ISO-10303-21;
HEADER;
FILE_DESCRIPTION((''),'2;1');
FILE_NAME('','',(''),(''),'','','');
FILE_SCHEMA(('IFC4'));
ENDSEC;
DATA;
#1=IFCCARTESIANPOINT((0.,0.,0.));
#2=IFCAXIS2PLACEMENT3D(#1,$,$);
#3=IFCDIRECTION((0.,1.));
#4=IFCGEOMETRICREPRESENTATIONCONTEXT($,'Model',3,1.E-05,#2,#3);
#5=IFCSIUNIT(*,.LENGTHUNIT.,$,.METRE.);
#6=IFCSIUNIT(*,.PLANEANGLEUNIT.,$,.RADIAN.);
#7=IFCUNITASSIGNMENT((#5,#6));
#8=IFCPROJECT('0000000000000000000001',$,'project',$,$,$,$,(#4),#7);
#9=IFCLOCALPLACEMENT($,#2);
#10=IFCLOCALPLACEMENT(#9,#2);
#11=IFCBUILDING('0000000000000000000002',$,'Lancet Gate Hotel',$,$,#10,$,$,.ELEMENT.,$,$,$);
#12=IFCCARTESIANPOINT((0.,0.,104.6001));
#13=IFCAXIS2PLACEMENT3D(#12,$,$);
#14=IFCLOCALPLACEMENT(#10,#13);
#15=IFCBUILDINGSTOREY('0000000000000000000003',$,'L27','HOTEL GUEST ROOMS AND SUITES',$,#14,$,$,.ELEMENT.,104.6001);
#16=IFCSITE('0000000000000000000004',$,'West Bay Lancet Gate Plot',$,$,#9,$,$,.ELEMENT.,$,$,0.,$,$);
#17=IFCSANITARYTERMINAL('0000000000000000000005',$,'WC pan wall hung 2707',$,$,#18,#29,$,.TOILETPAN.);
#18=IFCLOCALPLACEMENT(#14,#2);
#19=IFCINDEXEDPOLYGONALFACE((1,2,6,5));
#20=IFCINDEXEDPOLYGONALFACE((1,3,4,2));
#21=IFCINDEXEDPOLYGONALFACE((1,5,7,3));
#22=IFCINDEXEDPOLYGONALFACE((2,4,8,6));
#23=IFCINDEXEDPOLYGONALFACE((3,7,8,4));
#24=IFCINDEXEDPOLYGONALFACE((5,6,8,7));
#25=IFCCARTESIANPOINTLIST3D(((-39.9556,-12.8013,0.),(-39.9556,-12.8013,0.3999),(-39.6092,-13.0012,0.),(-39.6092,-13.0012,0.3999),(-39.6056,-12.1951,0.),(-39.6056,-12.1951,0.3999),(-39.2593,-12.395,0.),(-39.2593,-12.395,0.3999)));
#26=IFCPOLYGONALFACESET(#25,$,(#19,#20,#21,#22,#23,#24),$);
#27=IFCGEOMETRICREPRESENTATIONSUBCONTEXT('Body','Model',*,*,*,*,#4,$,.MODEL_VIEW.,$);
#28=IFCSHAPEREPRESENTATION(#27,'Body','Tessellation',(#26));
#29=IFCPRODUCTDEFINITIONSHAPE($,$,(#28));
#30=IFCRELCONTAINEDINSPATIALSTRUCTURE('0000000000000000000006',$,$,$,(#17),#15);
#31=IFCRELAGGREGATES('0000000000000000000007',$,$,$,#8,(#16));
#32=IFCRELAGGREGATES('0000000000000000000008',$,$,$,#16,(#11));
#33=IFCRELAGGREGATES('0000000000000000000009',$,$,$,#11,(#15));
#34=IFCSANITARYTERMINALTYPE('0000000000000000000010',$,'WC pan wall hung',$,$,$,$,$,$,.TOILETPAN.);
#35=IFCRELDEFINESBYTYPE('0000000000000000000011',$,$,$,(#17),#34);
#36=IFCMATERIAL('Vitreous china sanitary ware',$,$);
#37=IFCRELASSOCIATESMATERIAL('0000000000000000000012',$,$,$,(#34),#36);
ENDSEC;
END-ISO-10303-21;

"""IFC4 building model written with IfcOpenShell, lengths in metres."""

from ifc_helpers import new_model, si_unit, direction, frame, origin, origin_2d, place, context, subcontext, project, spatial, rectangle, extrude, material, type_object, element, save


model = new_model("IFC4")

# Units and contexts
model_context = context("Model", 3, precision=1e-05, world=origin(), true_north=direction((0.0, 1.0)))
body_context = subcontext(model_context, "Body", "Model", "MODEL_VIEW")
ifc_project = project(units=[si_unit("LENGTHUNIT", "METRE"), si_unit("PLANEANGLEUNIT", "RADIAN")], contexts=[model_context])

# Site, building, storey
site_placement = place(None, origin())
site = spatial("IfcSite", under=ifc_project, at=site_placement, Name="West Bay Lancet Gate Plot", CompositionType="ELEMENT", RefElevation=0.0)
building_placement = place(site_placement, origin())
building = spatial("IfcBuilding", under=site, at=building_placement, Name="Lancet Gate Hotel", CompositionType="ELEMENT")
storey_placement = place(building_placement, frame((0.0, 0.0, 104.6001)))
storey = spatial("IfcBuildingStorey", under=building, at=storey_placement, Name="L27", Description="HOTEL GUEST ROOMS AND SUITES", CompositionType="ELEMENT", Elevation=104.6001)

# Sanitary terminal
ifc_material_1 = material(Name="Vitreous china sanitary ware")
sanitary_terminal_type_1 = type_object("IfcSanitaryTerminalType", Name="WC pan wall hung", PredefinedType="TOILETPAN", material=ifc_material_1)
sanitary_terminal_1_placement = place(storey_placement, frame((-39.6074, -12.5981, 0.0), z_axis=(0.0, 0.0, 1.0), x_axis=(-0.866025, 0.5, 0.0)))
element("IfcSanitaryTerminal", 1, at=sanitary_terminal_1_placement, inside=storey, type_object=sanitary_terminal_type_1, Name="WC pan wall hung 2707", PredefinedType="TOILETPAN", context=body_context, shape_type="SweptSolid", body=[
    extrude(rectangle(XDim=0.3999, YDim=0.7, at=origin_2d()), origin(), (0.0, 0.0, 1.0), 0.3999),
])

save(model, "model.ifc")
